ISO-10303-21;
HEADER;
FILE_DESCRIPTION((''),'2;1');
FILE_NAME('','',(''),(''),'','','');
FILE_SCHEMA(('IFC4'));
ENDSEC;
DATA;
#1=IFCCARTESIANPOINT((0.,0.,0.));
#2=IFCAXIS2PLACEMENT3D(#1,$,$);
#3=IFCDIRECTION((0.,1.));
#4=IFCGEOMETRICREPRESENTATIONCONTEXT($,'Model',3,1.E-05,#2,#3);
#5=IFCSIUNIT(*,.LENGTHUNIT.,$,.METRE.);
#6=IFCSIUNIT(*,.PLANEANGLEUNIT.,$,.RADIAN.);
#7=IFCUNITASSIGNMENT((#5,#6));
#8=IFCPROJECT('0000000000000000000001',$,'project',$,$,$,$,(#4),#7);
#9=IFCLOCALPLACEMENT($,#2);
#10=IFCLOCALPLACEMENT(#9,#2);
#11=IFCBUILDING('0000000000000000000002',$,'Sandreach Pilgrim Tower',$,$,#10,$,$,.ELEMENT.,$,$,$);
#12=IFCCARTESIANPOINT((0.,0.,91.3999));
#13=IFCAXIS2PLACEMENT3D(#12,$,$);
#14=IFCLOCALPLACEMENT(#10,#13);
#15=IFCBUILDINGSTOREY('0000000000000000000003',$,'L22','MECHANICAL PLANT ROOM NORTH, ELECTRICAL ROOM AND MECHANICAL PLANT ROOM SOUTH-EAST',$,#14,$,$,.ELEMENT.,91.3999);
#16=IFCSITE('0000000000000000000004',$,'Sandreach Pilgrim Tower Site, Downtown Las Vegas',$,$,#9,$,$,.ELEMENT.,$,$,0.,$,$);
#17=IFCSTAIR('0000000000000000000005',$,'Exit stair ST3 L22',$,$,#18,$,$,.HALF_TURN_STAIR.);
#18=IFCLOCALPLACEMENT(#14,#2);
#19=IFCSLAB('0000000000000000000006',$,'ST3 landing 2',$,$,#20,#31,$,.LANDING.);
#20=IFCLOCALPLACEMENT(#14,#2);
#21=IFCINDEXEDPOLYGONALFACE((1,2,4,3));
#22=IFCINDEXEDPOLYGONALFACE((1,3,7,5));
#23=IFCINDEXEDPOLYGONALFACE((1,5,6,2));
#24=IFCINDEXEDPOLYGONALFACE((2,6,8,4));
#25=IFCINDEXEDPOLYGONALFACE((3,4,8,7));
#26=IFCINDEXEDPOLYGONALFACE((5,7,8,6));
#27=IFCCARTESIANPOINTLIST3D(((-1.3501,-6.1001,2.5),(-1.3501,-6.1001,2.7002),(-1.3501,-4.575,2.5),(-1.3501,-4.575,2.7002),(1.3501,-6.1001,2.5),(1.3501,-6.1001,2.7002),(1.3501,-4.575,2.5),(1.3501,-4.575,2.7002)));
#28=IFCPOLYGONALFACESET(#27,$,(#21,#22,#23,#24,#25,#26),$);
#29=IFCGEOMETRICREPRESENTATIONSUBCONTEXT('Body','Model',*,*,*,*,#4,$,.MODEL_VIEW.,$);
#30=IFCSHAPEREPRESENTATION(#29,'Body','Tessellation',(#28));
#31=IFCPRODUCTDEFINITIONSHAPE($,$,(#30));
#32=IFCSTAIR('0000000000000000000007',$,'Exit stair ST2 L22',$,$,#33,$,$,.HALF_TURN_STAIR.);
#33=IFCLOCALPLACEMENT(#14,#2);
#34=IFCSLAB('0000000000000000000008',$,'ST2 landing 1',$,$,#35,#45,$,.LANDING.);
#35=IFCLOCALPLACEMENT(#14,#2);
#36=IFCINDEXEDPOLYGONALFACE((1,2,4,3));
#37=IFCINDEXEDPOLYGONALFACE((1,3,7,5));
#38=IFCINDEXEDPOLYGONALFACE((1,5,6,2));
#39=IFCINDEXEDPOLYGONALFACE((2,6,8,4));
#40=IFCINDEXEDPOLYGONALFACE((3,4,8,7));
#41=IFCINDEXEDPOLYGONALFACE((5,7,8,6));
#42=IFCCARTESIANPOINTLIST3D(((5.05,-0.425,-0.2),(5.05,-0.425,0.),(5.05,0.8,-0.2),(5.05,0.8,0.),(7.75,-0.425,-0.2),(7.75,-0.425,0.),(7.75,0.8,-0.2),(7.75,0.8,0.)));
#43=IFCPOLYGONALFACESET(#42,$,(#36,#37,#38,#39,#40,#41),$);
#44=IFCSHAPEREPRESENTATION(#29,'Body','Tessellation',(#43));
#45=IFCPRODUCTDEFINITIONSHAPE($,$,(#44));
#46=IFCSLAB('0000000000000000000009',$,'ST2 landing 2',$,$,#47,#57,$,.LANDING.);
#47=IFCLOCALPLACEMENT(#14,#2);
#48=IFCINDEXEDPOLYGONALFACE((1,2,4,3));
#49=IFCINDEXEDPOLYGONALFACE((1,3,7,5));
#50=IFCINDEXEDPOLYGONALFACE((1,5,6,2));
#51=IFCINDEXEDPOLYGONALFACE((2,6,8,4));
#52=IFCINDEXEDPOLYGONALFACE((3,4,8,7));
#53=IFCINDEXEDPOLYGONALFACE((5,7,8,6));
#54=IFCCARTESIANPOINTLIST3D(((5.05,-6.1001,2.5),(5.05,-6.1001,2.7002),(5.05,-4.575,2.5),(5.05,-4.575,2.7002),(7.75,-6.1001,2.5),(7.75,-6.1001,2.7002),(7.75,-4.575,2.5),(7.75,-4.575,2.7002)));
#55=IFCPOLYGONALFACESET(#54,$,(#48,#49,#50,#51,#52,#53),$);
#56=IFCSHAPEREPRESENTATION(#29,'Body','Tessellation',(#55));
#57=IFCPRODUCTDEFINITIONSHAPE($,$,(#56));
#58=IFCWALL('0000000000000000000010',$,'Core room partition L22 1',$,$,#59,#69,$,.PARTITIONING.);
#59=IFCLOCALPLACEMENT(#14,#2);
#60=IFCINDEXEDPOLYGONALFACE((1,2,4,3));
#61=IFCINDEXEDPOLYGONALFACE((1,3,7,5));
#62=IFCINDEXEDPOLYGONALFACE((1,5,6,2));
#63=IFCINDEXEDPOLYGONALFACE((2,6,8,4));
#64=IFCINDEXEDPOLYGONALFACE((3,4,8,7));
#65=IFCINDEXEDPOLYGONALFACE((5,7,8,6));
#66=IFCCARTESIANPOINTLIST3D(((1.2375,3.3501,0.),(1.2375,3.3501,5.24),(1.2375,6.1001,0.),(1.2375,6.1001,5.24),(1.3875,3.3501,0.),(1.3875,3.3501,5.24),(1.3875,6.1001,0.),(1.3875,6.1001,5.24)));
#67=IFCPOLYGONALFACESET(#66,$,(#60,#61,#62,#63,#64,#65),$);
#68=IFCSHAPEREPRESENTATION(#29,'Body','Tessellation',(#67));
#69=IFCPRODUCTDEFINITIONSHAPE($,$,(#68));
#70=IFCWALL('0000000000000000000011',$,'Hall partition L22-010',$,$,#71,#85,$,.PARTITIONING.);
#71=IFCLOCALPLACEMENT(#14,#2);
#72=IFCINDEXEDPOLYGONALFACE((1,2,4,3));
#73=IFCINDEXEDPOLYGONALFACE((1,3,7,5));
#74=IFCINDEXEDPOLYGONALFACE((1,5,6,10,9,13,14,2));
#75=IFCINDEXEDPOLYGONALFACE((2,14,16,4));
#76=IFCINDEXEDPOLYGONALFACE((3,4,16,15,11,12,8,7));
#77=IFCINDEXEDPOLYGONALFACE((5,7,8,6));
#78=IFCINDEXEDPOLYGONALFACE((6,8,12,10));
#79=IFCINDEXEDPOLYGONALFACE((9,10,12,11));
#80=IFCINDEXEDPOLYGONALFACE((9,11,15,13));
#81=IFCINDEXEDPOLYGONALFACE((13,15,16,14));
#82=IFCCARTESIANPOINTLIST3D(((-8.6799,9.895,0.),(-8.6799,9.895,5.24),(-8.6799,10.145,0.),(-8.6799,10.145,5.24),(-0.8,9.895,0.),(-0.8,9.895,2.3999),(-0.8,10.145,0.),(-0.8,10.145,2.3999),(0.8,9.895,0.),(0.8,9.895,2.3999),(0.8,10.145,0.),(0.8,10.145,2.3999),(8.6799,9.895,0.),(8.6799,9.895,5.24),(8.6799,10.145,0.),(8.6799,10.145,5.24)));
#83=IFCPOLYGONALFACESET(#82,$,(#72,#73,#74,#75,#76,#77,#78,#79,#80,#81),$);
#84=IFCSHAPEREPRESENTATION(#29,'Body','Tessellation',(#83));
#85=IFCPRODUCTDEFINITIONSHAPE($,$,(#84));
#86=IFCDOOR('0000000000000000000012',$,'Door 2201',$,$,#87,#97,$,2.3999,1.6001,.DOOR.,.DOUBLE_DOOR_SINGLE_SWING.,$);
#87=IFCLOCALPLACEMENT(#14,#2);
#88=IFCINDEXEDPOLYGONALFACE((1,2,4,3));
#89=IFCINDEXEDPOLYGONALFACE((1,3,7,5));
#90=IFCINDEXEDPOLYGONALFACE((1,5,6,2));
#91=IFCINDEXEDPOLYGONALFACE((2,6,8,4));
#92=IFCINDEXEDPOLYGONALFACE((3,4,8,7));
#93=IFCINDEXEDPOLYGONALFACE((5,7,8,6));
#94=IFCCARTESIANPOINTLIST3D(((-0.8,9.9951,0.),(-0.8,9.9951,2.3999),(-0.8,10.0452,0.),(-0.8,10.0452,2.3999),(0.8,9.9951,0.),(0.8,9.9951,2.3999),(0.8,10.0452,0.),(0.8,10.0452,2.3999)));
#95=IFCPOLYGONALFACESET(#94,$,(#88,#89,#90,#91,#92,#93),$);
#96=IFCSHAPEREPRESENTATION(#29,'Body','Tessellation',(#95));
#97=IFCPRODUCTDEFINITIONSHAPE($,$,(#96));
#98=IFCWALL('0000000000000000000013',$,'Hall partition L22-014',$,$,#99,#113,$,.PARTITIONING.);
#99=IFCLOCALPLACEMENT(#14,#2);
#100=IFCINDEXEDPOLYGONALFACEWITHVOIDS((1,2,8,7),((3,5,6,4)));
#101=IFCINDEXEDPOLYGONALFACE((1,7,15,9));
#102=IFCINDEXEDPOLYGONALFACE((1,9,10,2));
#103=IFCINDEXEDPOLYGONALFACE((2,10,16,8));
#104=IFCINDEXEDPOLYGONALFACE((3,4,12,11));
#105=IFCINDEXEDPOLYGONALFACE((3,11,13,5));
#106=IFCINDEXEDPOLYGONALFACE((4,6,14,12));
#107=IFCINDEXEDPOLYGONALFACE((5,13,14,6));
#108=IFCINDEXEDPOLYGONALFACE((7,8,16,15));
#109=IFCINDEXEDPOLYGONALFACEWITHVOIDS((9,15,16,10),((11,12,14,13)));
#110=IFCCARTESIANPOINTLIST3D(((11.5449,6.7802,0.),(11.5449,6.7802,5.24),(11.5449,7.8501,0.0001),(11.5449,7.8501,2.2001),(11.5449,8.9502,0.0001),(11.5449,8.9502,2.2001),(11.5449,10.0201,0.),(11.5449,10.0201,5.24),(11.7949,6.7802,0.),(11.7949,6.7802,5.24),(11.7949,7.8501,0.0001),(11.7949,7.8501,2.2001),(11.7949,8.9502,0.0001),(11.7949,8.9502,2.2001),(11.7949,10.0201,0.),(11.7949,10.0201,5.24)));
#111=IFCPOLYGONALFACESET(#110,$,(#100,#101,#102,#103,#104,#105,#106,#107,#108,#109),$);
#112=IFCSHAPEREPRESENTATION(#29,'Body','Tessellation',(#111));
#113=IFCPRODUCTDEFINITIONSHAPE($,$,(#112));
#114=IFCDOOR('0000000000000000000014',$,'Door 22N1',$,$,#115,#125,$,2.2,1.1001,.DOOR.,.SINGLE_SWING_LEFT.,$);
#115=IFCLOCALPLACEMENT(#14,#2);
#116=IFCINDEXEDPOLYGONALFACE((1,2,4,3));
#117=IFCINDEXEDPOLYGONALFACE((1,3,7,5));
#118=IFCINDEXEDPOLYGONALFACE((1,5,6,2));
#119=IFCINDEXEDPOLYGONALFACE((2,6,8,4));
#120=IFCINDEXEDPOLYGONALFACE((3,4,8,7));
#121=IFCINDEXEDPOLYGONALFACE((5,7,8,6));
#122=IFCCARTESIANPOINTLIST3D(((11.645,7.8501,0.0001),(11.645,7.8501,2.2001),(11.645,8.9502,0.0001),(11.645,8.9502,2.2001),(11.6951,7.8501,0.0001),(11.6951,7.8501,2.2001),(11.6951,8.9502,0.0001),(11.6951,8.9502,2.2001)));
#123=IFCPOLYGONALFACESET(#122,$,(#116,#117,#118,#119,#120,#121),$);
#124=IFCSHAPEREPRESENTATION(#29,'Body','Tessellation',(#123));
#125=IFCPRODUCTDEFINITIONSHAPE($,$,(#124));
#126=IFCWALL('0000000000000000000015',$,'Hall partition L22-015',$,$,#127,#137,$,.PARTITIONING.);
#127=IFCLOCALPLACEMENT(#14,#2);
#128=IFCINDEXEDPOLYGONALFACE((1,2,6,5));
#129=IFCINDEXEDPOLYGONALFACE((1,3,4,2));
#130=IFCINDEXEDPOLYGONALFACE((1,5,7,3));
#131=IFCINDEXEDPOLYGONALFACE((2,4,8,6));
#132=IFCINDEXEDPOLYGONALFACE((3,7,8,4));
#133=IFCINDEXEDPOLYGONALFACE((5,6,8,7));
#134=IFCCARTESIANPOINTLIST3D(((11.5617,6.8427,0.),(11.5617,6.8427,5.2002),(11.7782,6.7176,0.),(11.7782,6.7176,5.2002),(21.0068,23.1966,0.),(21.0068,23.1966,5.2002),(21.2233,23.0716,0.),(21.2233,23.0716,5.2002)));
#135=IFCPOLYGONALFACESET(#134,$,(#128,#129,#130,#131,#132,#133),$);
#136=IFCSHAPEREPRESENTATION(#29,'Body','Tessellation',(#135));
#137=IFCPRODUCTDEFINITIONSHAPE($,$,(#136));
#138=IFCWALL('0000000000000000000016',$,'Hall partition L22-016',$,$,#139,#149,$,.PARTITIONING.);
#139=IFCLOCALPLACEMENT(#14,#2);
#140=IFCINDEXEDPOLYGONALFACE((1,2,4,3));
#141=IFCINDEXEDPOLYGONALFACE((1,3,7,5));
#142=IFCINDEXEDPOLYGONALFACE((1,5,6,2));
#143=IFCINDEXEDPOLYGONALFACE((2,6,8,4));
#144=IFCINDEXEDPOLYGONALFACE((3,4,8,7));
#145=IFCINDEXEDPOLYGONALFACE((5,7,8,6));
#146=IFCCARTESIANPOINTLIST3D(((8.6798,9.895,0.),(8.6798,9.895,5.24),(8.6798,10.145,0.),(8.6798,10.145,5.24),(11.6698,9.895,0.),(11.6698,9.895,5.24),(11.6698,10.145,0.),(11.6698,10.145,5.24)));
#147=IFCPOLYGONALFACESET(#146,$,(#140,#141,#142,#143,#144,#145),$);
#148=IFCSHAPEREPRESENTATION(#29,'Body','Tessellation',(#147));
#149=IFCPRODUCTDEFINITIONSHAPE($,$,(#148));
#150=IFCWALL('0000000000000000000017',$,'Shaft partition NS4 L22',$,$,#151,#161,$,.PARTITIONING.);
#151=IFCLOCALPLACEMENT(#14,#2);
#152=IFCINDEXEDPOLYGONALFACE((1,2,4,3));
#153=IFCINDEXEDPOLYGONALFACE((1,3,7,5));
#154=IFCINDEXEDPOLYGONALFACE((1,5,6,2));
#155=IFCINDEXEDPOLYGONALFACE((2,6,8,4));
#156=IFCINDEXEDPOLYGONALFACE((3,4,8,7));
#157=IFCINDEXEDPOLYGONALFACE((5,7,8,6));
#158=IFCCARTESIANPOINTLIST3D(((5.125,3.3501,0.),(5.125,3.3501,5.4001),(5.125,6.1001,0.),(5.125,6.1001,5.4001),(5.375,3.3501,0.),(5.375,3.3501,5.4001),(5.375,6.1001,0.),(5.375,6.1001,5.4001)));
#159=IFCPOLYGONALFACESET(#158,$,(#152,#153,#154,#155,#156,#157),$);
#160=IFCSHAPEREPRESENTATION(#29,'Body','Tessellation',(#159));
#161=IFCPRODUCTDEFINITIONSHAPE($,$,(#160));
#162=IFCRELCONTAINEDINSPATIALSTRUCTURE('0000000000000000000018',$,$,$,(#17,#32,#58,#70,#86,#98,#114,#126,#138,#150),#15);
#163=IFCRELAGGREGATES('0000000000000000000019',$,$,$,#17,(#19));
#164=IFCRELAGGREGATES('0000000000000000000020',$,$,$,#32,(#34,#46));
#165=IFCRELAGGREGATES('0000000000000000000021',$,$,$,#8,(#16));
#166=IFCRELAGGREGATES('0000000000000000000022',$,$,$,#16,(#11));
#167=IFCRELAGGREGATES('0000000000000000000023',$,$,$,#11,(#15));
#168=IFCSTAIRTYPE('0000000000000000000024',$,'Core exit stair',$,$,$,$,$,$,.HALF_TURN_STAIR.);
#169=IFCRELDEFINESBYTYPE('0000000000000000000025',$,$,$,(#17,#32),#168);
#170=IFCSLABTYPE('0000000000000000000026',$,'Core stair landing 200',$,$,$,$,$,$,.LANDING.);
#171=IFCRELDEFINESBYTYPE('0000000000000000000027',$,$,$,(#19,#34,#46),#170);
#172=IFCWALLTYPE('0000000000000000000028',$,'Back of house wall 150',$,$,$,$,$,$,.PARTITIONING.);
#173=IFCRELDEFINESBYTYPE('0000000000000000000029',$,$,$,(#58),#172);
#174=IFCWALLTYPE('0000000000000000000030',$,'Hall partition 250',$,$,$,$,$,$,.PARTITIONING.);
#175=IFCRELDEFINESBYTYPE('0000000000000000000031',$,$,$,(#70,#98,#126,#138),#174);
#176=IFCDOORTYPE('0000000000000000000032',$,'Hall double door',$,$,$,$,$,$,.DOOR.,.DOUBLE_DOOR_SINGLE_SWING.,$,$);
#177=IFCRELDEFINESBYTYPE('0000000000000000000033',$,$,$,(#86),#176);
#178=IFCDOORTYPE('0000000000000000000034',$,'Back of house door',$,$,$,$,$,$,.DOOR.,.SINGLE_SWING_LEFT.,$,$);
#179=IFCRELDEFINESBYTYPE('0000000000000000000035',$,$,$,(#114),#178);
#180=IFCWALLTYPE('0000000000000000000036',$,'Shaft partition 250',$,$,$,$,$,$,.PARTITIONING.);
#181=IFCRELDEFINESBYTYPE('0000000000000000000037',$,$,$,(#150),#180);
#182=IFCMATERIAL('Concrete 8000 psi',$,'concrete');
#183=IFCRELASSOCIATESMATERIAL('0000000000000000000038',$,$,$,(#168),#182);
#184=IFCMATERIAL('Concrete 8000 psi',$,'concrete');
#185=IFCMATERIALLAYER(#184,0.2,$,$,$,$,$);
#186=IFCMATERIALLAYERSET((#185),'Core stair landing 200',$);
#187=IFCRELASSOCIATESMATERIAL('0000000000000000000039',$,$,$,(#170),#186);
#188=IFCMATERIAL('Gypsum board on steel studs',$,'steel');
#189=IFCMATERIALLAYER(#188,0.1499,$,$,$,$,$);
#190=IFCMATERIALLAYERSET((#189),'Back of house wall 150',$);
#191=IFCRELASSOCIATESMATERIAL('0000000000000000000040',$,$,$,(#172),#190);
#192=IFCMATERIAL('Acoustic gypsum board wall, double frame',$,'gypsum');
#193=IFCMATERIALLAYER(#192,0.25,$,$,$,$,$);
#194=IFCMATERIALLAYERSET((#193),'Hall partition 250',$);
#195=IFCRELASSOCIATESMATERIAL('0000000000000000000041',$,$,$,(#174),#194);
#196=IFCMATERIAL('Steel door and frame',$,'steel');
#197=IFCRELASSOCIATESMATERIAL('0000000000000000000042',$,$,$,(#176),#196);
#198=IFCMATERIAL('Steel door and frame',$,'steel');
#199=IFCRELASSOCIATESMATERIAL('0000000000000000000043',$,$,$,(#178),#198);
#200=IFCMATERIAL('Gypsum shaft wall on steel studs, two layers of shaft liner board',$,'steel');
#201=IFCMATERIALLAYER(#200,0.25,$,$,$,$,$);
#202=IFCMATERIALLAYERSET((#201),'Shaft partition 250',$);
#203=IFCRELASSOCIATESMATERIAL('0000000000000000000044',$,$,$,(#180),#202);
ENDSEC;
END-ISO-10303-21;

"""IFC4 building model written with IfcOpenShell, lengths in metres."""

from ifc_helpers import new_model, si_unit, direction, frame, frame_2d, origin, place, context, subcontext, project, spatial, polyline, rectangle, outline, extrude, material, layer, layer_set, type_object, element, fill, aggregate, save


model = new_model("IFC4")

# Units and contexts
model_context = context("Model", 3, precision=1e-05, world=origin(), true_north=direction((0.0, 1.0)))
body_context = subcontext(model_context, "Body", "Model", "MODEL_VIEW")
ifc_project = project(units=[si_unit("LENGTHUNIT", "METRE"), si_unit("PLANEANGLEUNIT", "RADIAN")], contexts=[model_context])

# Site, building, storey
site_placement = place(None, origin())
site = spatial("IfcSite", under=ifc_project, at=site_placement, Name="Sandreach Pilgrim Tower Site, Downtown Las Vegas", CompositionType="ELEMENT", RefElevation=0.0)
building_placement = place(site_placement, origin())
building = spatial("IfcBuilding", under=site, at=building_placement, Name="Sandreach Pilgrim Tower", CompositionType="ELEMENT")
storey_placement = place(building_placement, frame((0.0, 0.0, 91.3999)))
storey = spatial("IfcBuildingStorey", under=building, at=storey_placement, Name="L22", Description="MECHANICAL PLANT ROOM NORTH, ELECTRICAL ROOM AND MECHANICAL PLANT ROOM SOUTH-EAST", CompositionType="ELEMENT", Elevation=91.3999)

# Stairs, slabs
ifc_material_1 = material(Name="Concrete 8000 psi", Category="concrete")
stair_type = type_object("IfcStairType", Name="Core exit stair", PredefinedType="HALF_TURN_STAIR", material=ifc_material_1)
stair_1_placement = place(storey_placement, origin())
stair_1 = element("IfcStair", 1, at=stair_1_placement, inside=storey, type_object=stair_type, Name="Exit stair ST3 L22", PredefinedType="HALF_TURN_STAIR")
ifc_material_2 = material(Name="Concrete 8000 psi", Category="concrete")
ifc_layer_1 = layer(ifc_material_2, 0.2)
ifc_layer_set_1 = layer_set([ifc_layer_1], Name="Core stair landing 200")
slab_type = type_object("IfcSlabType", Name="Core stair landing 200", PredefinedType="LANDING", material=ifc_layer_set_1)
slab_1_placement = place(storey_placement, frame((0.0, 0.0, 2.5)))
slab_1 = element("IfcSlab", 2, at=slab_1_placement, type_object=slab_type, Name="ST3 landing 2", PredefinedType="LANDING", context=body_context, shape_type="SweptSolid", body=[
    extrude(outline(polyline([(-1.3501, -6.1001), (1.3501, -6.1001), (1.3501, -4.575), (-1.3501, -4.575), (-1.3501, -6.1001)])), origin(), (0.0, 0.0, 1.0), 0.2002),
])
aggregate(stair_1, [slab_1])
stair_2_placement = place(storey_placement, origin())
stair_2 = element("IfcStair", 3, at=stair_2_placement, inside=storey, type_object=stair_type, Name="Exit stair ST2 L22", PredefinedType="HALF_TURN_STAIR")
slab_2_placement = place(storey_placement, frame((0.0, 0.0, -0.2)))
slab_2 = element("IfcSlab", 4, at=slab_2_placement, type_object=slab_type, Name="ST2 landing 1", PredefinedType="LANDING", context=body_context, shape_type="SweptSolid", body=[
    extrude(outline(polyline([(5.05, -0.425), (7.75, -0.425), (7.75, 0.8), (5.05, 0.8), (5.05, -0.425)])), origin(), (0.0, 0.0, 1.0), 0.2),
])
slab_3_placement = place(storey_placement, frame((0.0, 0.0, 2.5)))
slab_3 = element("IfcSlab", 5, at=slab_3_placement, type_object=slab_type, Name="ST2 landing 2", PredefinedType="LANDING", context=body_context, shape_type="SweptSolid", body=[
    extrude(outline(polyline([(5.05, -6.1001), (7.75, -6.1001), (7.75, -4.575), (5.05, -4.575), (5.05, -6.1001)])), origin(), (0.0, 0.0, 1.0), 0.2002),
])
aggregate(stair_2, [slab_2, slab_3])

# Wall
ifc_material_3 = material(Name="Gypsum board on steel studs", Category="steel")
ifc_layer_2 = layer(ifc_material_3, 0.1499)
ifc_layer_set_2 = layer_set([ifc_layer_2], Name="Back of house wall 150")
wall_type_1 = type_object("IfcWallType", Name="Back of house wall 150", PredefinedType="PARTITIONING", material=ifc_layer_set_2)
wall_1_placement = place(storey_placement, frame((1.3125, 3.3501, 0.0), z_axis=(0.0, 0.0, 1.0), x_axis=(0.0, 1.0, 0.0)))
element("IfcWall", 6, at=wall_1_placement, inside=storey, type_object=wall_type_1, Name="Core room partition L22 1", PredefinedType="PARTITIONING", context=body_context, shape_type="SweptSolid", body=[
    extrude(rectangle(XDim=2.75, YDim=0.1499, at=frame_2d((1.375, 0.0))), origin(), (0.0, 0.0, 1.0), 5.24),
])

# Walls, openings, doors
ifc_material_4 = material(Name="Acoustic gypsum board wall, double frame", Category="gypsum")
ifc_layer_3 = layer(ifc_material_4, 0.25)
ifc_layer_set_3 = layer_set([ifc_layer_3], Name="Hall partition 250")
wall_type_2 = type_object("IfcWallType", Name="Hall partition 250", PredefinedType="PARTITIONING", material=ifc_layer_set_3)
wall_2_placement = place(storey_placement, frame((8.6799, 10.02, 0.0), z_axis=(0.0, 0.0, 1.0), x_axis=(-1.0, 0.0, 0.0)))
wall_2 = element("IfcWall", 7, at=wall_2_placement, inside=storey, type_object=wall_type_2, Name="Hall partition L22-010", PredefinedType="PARTITIONING", context=body_context, shape_type="SweptSolid", body=[
    extrude(rectangle(XDim=17.3599, YDim=0.25, at=frame_2d((8.6799, 0.0))), origin(), (0.0, 0.0, 1.0), 5.24),
])
opening_1_placement = place(wall_2_placement, frame((7.8799, 0.0, 0.0)))
opening_1 = element("IfcOpeningElement", 8, at=opening_1_placement, cuts=wall_2, PredefinedType="OPENING", context=body_context, shape_type="SweptSolid", body=[
    extrude(rectangle(XDim=1.6001, YDim=2.3999, at=frame_2d((0.8, 1.2))), frame((0.0, 0.125, 0.0), z_axis=(0.0, -1.0, 0.0), x_axis=(1.0, 0.0, 0.0)), (0.0, 0.0, 1.0), 0.25),
])
ifc_material_5 = material(Name="Steel door and frame", Category="steel")
door_type_1 = type_object("IfcDoorType", Name="Hall double door", OperationType="DOUBLE_DOOR_SINGLE_SWING", PredefinedType="DOOR", material=ifc_material_5)
door_1_placement = place(opening_1_placement, origin())
door_1 = element("IfcDoor", 9, at=door_1_placement, inside=storey, type_object=door_type_1, Name="Door 2201", OperationType="DOUBLE_DOOR_SINGLE_SWING", OverallHeight=2.3999, OverallWidth=1.6001, PredefinedType="DOOR", context=body_context, shape_type="SweptSolid", body=[
    extrude(rectangle(XDim=1.6001, YDim=2.3999, at=frame_2d((0.8, 1.2))), frame((0.0, 0.0249, 0.0), z_axis=(0.0, -1.0, 0.0), x_axis=(1.0, 0.0, 0.0)), (0.0, 0.0, 1.0), 0.05),
])
fill(opening_1, door_1)
wall_3_placement = place(storey_placement, frame((11.6699, 6.78, 0.0), z_axis=(0.0, 0.0, 1.0), x_axis=(0.0, 1.0, 0.0)))
wall_3 = element("IfcWall", 10, at=wall_3_placement, inside=storey, type_object=wall_type_2, Name="Hall partition L22-014", PredefinedType="PARTITIONING", context=body_context, shape_type="SweptSolid", body=[
    extrude(rectangle(XDim=3.24, YDim=0.25, at=frame_2d((1.6201, 0.0))), origin(), (0.0, 0.0, 1.0), 5.24),
])
opening_2_placement = place(wall_3_placement, frame((1.0701, 0.0, 0.0)))
opening_2 = element("IfcOpeningElement", 11, at=opening_2_placement, cuts=wall_3, PredefinedType="OPENING", context=body_context, shape_type="SweptSolid", body=[
    extrude(rectangle(XDim=1.1001, YDim=2.2, at=frame_2d((0.55, 1.1001))), frame((0.0, 0.125, 0.0), z_axis=(0.0, -1.0, 0.0), x_axis=(1.0, 0.0, 0.0)), (0.0, 0.0, 1.0), 0.25),
])
ifc_material_6 = material(Name="Steel door and frame", Category="steel")
door_type_2 = type_object("IfcDoorType", Name="Back of house door", OperationType="SINGLE_SWING_LEFT", PredefinedType="DOOR", material=ifc_material_6)
door_2_placement = place(opening_2_placement, origin())
door_2 = element("IfcDoor", 12, at=door_2_placement, inside=storey, type_object=door_type_2, Name="Door 22N1", OperationType="SINGLE_SWING_LEFT", OverallHeight=2.2, OverallWidth=1.1001, PredefinedType="DOOR", context=body_context, shape_type="SweptSolid", body=[
    extrude(rectangle(XDim=1.1001, YDim=2.2, at=frame_2d((0.55, 1.1001))), frame((0.0, 0.0249, 0.0), z_axis=(0.0, -1.0, 0.0), x_axis=(1.0, 0.0, 0.0)), (0.0, 0.0, 1.0), 0.05),
])
fill(opening_2, door_2)

# Walls
wall_4_placement = place(storey_placement, frame((11.6699, 6.78, 0.0), z_axis=(0.0, 0.0, 1.0), x_axis=(0.500122, 0.865955, 0.0)))
element("IfcWall", 13, at=wall_4_placement, inside=storey, type_object=wall_type_2, Name="Hall partition L22-015", PredefinedType="PARTITIONING", context=body_context, shape_type="SweptSolid", body=[
    extrude(rectangle(XDim=18.8855, YDim=0.25, at=frame_2d((9.4429, 0.0))), origin(), (0.0, 0.0, 1.0), 5.2002),
])
wall_5_placement = place(storey_placement, frame((11.6699, 10.02, 0.0), z_axis=(0.0, 0.0, 1.0), x_axis=(-1.0, 0.0, 0.0)))
element("IfcWall", 14, at=wall_5_placement, inside=storey, type_object=wall_type_2, Name="Hall partition L22-016", PredefinedType="PARTITIONING", context=body_context, shape_type="SweptSolid", body=[
    extrude(rectangle(XDim=2.99, YDim=0.25, at=frame_2d((1.4951, 0.0))), origin(), (0.0, 0.0, 1.0), 5.24),
])
ifc_material_7 = material(Name="Gypsum shaft wall on steel studs, two layers of shaft liner board", Category="steel")
ifc_layer_4 = layer(ifc_material_7, 0.25)
ifc_layer_set_4 = layer_set([ifc_layer_4], Name="Shaft partition 250")
wall_type_3 = type_object("IfcWallType", Name="Shaft partition 250", PredefinedType="PARTITIONING", material=ifc_layer_set_4)
wall_6_placement = place(storey_placement, frame((5.25, 3.3501, 0.0), z_axis=(0.0, 0.0, 1.0), x_axis=(0.0, 1.0, 0.0)))
element("IfcWall", 15, at=wall_6_placement, inside=storey, type_object=wall_type_3, Name="Shaft partition NS4 L22", PredefinedType="PARTITIONING", context=body_context, shape_type="SweptSolid", body=[
    extrude(rectangle(XDim=2.75, YDim=0.25, at=frame_2d((1.375, 0.0))), origin(), (0.0, 0.0, 1.0), 5.4001),
])

save(model, "model.ifc")
